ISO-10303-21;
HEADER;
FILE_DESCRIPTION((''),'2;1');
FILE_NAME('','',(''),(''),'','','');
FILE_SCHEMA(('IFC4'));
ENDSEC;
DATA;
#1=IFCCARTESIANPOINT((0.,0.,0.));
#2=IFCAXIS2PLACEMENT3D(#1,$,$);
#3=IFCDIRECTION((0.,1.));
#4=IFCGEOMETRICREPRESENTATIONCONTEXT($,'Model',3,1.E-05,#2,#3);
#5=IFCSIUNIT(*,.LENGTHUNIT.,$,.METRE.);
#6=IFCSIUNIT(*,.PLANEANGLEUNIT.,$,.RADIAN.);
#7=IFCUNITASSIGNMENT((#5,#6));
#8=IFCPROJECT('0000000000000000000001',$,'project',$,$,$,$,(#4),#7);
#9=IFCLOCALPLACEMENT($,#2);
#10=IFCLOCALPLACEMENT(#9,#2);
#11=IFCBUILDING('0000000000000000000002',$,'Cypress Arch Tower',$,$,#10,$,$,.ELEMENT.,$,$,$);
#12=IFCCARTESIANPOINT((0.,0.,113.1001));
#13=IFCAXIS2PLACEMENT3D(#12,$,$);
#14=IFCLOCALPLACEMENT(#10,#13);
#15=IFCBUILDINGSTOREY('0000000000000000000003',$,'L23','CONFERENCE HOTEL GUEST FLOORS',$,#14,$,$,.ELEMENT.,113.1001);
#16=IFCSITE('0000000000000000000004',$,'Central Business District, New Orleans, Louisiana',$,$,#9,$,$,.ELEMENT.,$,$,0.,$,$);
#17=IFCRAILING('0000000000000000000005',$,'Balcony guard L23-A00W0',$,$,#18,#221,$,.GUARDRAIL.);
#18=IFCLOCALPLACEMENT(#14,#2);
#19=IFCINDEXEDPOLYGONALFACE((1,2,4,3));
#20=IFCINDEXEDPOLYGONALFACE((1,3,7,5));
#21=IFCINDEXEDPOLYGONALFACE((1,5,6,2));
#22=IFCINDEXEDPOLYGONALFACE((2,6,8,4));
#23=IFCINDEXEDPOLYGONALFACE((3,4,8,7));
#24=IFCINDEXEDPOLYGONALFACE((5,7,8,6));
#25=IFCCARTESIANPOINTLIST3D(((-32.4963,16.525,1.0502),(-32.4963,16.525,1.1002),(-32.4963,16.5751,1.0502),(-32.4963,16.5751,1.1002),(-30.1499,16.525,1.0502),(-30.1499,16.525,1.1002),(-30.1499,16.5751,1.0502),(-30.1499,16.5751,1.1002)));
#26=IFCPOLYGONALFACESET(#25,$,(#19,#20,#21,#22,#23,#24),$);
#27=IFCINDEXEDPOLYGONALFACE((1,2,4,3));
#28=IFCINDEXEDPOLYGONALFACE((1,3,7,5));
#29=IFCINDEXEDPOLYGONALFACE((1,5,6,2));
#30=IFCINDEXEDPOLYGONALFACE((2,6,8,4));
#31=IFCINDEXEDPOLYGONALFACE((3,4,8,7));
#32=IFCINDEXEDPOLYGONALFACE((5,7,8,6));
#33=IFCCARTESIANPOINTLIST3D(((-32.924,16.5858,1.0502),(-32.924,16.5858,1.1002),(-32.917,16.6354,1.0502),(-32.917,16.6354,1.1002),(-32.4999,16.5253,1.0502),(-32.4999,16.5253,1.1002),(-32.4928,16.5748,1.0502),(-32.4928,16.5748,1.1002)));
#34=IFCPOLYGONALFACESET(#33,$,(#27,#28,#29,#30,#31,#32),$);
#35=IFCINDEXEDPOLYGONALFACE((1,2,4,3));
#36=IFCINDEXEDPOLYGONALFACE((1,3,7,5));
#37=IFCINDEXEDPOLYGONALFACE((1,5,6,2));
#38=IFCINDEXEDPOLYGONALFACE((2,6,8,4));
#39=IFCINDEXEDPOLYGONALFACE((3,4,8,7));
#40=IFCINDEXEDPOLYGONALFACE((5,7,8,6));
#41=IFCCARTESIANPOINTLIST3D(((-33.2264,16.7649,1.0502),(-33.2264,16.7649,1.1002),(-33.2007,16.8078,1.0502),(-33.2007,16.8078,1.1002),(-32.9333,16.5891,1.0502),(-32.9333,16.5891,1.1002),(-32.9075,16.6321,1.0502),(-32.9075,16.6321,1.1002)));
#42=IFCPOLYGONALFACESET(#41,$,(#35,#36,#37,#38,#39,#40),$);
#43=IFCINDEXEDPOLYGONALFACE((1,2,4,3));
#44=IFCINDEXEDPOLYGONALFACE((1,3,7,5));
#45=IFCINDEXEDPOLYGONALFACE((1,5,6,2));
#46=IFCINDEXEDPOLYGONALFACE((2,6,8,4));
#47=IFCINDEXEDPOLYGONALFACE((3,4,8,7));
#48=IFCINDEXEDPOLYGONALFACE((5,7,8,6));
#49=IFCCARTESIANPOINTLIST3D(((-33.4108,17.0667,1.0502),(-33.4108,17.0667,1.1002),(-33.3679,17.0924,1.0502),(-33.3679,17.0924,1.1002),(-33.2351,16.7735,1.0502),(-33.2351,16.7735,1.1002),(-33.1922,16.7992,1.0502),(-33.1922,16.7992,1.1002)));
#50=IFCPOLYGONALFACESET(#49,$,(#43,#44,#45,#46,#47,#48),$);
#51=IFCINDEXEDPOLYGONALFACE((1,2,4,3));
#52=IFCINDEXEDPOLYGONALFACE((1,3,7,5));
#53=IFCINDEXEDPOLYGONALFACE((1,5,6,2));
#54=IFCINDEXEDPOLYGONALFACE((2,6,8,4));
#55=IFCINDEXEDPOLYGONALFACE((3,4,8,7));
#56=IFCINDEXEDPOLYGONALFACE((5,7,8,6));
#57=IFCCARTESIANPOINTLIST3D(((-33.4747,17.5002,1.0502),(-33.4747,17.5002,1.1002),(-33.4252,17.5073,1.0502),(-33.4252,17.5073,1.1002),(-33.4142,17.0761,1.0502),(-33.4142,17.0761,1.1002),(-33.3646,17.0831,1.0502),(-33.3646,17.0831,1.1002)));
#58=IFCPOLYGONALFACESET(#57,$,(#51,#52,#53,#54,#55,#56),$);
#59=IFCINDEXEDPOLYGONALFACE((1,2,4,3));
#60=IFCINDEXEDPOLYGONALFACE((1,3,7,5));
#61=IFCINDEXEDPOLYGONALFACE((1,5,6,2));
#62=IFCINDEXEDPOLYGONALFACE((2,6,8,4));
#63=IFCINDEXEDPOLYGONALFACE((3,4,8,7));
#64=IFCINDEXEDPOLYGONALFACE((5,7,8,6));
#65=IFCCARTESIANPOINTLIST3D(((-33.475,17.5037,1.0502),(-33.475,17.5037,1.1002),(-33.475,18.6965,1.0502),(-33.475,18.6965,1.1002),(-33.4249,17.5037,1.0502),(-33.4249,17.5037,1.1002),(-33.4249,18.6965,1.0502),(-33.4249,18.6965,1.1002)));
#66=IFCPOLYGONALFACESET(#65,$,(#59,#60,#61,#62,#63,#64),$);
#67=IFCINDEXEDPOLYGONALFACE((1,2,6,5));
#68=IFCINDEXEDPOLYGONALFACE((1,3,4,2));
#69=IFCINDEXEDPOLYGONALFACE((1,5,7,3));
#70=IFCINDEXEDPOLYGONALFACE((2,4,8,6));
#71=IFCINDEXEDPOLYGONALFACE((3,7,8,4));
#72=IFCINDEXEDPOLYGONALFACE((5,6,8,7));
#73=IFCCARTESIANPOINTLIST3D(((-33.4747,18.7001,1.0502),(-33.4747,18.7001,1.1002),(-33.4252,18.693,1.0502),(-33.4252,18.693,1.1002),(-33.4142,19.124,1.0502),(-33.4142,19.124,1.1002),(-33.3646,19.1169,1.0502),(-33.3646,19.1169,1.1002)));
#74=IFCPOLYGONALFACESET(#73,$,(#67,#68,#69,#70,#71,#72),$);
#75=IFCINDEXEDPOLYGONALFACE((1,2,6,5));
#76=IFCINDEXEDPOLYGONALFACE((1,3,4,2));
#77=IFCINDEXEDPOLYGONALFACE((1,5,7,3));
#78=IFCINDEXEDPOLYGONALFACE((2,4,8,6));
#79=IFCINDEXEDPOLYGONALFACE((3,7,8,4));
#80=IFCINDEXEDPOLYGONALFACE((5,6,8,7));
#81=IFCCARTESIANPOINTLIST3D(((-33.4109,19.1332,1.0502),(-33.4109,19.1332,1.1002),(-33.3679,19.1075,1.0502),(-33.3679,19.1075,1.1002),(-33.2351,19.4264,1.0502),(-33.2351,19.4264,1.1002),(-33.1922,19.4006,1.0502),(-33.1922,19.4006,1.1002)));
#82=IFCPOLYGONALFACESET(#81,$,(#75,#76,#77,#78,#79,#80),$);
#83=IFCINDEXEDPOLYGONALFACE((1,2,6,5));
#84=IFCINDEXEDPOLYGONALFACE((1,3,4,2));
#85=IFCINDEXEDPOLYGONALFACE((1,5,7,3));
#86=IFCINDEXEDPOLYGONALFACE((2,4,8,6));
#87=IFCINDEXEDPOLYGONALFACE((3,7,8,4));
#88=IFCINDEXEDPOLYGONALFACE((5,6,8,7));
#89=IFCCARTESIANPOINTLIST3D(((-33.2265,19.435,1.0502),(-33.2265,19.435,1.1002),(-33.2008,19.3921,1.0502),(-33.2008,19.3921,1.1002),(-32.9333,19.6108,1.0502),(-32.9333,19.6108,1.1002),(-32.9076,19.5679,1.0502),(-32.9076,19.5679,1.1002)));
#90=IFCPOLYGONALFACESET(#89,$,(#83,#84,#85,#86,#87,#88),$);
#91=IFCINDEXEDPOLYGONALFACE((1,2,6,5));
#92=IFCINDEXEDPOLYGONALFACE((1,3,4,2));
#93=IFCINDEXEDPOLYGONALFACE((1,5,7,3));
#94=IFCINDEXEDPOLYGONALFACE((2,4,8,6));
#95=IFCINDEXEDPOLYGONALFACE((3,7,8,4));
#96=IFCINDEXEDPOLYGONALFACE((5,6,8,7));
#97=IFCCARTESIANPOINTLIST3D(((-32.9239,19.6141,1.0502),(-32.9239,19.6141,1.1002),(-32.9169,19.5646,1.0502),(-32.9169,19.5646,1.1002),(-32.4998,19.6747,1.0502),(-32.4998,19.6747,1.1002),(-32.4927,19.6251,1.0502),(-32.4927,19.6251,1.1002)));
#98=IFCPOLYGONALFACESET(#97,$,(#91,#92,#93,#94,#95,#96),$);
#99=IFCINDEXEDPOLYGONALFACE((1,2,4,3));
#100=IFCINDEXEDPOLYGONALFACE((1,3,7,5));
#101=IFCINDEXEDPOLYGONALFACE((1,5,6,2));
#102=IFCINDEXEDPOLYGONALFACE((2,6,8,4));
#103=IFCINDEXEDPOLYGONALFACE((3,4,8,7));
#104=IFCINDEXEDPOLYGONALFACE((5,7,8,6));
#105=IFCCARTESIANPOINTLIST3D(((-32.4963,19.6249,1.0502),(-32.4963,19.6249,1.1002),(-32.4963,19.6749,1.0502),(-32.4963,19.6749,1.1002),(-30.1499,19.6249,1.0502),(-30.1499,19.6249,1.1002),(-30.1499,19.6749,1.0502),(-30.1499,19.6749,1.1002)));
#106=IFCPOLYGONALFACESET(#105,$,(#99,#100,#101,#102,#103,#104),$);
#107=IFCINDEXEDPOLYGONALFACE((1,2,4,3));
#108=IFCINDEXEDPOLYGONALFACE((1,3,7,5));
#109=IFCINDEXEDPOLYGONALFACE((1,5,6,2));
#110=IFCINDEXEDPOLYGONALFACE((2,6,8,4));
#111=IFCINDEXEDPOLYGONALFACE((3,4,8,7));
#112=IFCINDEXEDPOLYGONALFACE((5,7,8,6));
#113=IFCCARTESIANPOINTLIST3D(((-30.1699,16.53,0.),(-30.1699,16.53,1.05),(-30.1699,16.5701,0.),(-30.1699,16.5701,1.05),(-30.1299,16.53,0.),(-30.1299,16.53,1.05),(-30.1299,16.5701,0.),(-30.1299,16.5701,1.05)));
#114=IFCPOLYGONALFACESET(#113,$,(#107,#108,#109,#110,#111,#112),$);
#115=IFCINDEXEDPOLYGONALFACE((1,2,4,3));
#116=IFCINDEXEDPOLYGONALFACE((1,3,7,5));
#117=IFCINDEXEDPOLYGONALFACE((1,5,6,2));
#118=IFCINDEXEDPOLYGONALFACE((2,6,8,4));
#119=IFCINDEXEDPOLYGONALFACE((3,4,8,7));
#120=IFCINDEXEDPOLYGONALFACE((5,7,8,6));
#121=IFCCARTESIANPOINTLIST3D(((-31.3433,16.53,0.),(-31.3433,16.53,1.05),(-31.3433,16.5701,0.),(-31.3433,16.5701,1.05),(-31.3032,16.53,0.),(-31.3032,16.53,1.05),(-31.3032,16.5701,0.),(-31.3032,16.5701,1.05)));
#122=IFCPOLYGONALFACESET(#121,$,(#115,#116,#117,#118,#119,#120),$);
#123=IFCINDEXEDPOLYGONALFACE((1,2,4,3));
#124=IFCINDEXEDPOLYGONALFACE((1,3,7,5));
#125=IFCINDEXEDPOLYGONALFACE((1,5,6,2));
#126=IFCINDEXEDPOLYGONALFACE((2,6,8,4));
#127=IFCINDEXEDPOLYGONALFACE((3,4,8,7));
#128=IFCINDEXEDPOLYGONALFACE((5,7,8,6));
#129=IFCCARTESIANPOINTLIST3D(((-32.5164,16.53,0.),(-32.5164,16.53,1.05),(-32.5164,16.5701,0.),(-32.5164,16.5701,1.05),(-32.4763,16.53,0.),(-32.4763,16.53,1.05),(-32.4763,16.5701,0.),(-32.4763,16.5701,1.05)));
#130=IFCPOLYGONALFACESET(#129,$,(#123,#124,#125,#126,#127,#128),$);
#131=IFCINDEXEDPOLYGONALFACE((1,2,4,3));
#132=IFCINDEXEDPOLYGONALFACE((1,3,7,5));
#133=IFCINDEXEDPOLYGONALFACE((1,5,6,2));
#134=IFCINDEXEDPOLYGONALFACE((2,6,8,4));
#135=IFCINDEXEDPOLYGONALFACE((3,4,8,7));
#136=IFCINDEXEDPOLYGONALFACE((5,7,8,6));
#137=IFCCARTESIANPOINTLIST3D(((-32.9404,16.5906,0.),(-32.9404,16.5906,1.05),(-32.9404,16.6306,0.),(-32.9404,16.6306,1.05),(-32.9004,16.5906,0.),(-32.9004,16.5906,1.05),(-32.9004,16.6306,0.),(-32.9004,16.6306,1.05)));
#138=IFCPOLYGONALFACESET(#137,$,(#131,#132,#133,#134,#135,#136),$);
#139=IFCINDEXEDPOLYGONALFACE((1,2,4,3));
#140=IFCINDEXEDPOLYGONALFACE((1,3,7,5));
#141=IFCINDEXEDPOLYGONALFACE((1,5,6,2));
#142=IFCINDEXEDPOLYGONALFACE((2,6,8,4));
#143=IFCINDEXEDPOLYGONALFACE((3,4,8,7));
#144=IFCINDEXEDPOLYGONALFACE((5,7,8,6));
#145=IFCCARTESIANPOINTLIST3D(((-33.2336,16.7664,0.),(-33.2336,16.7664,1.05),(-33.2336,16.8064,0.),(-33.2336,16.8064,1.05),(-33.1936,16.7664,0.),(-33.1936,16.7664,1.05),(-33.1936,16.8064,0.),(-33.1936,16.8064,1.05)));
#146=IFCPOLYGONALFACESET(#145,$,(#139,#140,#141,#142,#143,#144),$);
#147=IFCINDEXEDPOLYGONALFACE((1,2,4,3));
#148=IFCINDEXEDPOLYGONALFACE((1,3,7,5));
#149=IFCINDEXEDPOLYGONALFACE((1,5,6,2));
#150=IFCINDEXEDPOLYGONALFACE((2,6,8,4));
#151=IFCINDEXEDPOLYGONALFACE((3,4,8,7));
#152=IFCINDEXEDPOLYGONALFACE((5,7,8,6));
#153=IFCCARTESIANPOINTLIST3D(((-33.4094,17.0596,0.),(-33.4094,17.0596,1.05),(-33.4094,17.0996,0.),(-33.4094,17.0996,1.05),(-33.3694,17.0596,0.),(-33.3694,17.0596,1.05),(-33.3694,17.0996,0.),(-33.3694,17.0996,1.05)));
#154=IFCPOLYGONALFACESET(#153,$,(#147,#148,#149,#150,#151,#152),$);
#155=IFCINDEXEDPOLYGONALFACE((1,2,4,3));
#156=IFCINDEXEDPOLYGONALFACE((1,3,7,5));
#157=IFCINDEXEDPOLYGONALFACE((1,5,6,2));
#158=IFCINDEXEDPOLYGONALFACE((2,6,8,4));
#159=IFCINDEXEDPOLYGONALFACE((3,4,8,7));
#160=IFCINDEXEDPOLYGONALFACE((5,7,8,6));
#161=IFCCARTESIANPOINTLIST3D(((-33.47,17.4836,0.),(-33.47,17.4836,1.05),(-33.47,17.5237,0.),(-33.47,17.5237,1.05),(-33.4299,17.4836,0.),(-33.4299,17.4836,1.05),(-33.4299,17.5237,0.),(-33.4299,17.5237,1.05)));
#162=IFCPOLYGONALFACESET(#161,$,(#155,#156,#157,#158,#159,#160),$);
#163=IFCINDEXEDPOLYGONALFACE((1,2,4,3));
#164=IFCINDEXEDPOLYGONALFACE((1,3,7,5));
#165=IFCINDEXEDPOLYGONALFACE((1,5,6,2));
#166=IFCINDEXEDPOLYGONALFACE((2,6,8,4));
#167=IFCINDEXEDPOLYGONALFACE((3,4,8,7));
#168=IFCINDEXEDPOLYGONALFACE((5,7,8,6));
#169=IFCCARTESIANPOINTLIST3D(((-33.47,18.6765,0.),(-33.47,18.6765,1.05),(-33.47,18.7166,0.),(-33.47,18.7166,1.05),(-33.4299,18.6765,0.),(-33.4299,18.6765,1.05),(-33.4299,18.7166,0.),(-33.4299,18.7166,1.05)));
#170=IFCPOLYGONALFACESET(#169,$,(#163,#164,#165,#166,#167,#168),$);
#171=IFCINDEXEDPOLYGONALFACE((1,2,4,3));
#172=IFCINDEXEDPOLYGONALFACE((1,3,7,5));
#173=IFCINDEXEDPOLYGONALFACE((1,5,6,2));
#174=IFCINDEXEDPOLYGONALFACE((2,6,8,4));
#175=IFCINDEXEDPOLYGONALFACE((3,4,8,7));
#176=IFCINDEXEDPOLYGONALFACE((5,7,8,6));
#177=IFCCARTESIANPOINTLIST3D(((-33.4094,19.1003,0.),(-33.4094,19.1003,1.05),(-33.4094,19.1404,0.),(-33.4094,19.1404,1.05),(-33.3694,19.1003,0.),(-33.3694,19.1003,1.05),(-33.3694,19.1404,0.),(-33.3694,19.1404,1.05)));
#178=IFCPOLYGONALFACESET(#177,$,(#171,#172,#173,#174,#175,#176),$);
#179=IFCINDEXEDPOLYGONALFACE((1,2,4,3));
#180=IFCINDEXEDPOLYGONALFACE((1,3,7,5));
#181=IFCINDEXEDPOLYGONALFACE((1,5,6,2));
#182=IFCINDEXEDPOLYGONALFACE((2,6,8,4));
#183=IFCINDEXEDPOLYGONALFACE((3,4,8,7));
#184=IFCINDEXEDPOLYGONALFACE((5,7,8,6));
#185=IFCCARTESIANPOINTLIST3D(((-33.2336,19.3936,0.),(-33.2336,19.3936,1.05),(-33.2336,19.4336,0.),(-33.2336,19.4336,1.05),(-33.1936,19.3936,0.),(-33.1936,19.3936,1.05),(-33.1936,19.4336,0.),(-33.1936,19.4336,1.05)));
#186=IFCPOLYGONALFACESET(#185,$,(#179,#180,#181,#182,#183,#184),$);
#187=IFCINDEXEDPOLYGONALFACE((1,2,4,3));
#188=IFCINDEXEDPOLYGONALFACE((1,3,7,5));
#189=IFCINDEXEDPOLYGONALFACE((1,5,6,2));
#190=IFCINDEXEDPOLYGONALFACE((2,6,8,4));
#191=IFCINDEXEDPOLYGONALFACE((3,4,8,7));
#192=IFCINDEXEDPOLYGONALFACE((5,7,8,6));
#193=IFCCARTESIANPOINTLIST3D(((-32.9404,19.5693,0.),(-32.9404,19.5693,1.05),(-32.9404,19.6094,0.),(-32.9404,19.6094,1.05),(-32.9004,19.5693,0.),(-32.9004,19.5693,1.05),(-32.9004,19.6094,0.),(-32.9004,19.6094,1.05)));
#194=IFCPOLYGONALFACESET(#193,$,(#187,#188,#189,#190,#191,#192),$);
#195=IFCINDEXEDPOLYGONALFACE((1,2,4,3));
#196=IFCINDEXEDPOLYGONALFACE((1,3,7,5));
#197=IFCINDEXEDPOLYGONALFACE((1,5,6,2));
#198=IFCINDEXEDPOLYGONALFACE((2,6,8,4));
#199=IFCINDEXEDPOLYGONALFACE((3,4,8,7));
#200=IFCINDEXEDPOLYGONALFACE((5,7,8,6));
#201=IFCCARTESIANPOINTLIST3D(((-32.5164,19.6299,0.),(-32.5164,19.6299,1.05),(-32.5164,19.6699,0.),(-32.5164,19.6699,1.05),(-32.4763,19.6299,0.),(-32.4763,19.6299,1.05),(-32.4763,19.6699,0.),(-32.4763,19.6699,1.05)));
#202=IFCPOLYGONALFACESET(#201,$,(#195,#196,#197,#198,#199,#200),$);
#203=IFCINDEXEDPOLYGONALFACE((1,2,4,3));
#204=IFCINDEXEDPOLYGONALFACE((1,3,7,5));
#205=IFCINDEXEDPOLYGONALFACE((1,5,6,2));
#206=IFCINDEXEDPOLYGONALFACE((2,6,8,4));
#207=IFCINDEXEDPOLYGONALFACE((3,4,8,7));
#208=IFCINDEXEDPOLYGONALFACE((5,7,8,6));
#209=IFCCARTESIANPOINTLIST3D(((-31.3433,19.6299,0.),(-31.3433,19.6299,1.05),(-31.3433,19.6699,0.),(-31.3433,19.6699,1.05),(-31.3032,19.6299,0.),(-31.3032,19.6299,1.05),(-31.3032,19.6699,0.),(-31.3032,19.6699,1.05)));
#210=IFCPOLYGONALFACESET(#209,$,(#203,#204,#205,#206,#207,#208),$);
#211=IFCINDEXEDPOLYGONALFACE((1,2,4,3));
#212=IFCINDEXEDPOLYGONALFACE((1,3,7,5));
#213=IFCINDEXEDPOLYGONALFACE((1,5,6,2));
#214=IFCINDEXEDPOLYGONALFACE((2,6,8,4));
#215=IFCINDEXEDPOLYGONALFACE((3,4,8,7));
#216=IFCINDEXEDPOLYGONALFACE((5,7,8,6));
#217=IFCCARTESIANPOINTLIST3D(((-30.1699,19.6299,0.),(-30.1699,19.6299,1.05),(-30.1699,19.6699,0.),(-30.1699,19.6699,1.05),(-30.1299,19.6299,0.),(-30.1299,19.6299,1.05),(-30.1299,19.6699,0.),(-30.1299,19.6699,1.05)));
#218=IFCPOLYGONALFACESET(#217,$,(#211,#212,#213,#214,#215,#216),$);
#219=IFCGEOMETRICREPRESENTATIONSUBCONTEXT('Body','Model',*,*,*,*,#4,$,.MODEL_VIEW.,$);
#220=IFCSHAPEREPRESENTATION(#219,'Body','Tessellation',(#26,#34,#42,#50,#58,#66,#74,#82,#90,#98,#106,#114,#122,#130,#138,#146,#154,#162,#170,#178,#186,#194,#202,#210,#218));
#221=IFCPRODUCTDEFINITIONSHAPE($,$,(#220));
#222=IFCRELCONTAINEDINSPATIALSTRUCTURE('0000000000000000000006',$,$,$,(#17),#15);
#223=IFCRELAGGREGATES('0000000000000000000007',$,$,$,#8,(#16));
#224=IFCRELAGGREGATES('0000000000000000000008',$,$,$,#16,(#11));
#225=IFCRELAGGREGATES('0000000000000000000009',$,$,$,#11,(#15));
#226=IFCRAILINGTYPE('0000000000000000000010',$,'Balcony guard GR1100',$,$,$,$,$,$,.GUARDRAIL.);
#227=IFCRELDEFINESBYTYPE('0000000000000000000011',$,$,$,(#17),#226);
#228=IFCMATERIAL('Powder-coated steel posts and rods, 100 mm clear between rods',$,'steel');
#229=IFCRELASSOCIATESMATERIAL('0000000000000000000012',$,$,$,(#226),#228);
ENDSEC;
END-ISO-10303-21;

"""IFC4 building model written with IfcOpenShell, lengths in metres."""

from ifc_helpers import new_model, si_unit, direction, frame, origin, origin_2d, place, context, subcontext, project, spatial, rectangle, extrude, material, type_object, element, save


model = new_model("IFC4")

# Units and contexts
model_context = context("Model", 3, precision=1e-05, world=origin(), true_north=direction((0.0, 1.0)))
body_context = subcontext(model_context, "Body", "Model", "MODEL_VIEW")
ifc_project = project(units=[si_unit("LENGTHUNIT", "METRE"), si_unit("PLANEANGLEUNIT", "RADIAN")], contexts=[model_context])

# Site, building, storey
site_placement = place(None, origin())
site = spatial("IfcSite", under=ifc_project, at=site_placement, Name="Central Business District, New Orleans, Louisiana", CompositionType="ELEMENT", RefElevation=0.0)
building_placement = place(site_placement, origin())
building = spatial("IfcBuilding", under=site, at=building_placement, Name="Cypress Arch Tower", CompositionType="ELEMENT")
storey_placement = place(building_placement, frame((0.0, 0.0, 113.1001)))
storey = spatial("IfcBuildingStorey", under=building, at=storey_placement, Name="L23", Description="CONFERENCE HOTEL GUEST FLOORS", CompositionType="ELEMENT", Elevation=113.1001)

# Railing
ifc_material_1 = material(Name="Powder-coated steel posts and rods, 100 mm clear between rods", Category="steel")
railing_type_1 = type_object("IfcRailingType", Name="Balcony guard GR1100", PredefinedType="GUARDRAIL", material=ifc_material_1)
railing_1_placement = place(storey_placement, frame((-30.1499, 16.55, 0.0)))
element("IfcRailing", 1, at=railing_1_placement, inside=storey, type_object=railing_type_1, Name="Balcony guard L23-A00W0", PredefinedType="GUARDRAIL", context=body_context, shape_type="SweptSolid", body=[
    extrude(rectangle(XDim=0.05, YDim=0.05, at=origin_2d()), frame((0.0, 0.0, 1.0752), z_axis=(-1.0, 0.0, 0.0), x_axis=(0.0, -1.0, 0.0)), (0.0, 0.0, 1.0), 2.3464),
    extrude(rectangle(XDim=0.05, YDim=0.05, at=origin_2d()), frame((-2.3464, 0.0, 1.0752), z_axis=(-0.989961, 0.141342, 0.0), x_axis=(-0.141342, -0.989961, 0.0)), (0.0, 0.0, 1.0), 0.4285),
    extrude(rectangle(XDim=0.05, YDim=0.05, at=origin_2d()), frame((-2.7705, 0.0605, 1.0752), z_axis=(-0.857682, 0.514181, 0.0), x_axis=(-0.514181, -0.857682, 0.0)), (0.0, 0.0, 1.0), 0.3418),
    extrude(rectangle(XDim=0.05, YDim=0.05, at=origin_2d()), frame((-3.0637, 0.2363, 1.0752), z_axis=(-0.514181, 0.857682, 0.0), x_axis=(-0.857682, -0.514181, 0.0)), (0.0, 0.0, 1.0), 0.3418),
    extrude(rectangle(XDim=0.05, YDim=0.05, at=origin_2d()), frame((-3.2395, 0.5295, 1.0752), z_axis=(-0.141342, 0.989961, 0.0), x_axis=(-0.989961, -0.141342, 0.0)), (0.0, 0.0, 1.0), 0.4285),
    extrude(rectangle(XDim=0.05, YDim=0.05, at=origin_2d()), frame((-3.3, 0.9536, 1.0752), z_axis=(0.0, 1.0, 0.0), x_axis=(-1.0, 0.0, 0.0)), (0.0, 0.0, 1.0), 1.1929),
    extrude(rectangle(XDim=0.05, YDim=0.05, at=origin_2d()), frame((-3.3, 2.1465, 1.0752), z_axis=(0.141421, 0.989949, 0.0), x_axis=(-0.989949, 0.141421, 0.0)), (0.0, 0.0, 1.0), 0.4282),
    extrude(rectangle(XDim=0.05, YDim=0.05, at=origin_2d()), frame((-3.2395, 2.5703, 1.0752), z_axis=(0.514181, 0.857682, 0.0), x_axis=(-0.857682, 0.514181, 0.0)), (0.0, 0.0, 1.0), 0.3418),
    extrude(rectangle(XDim=0.05, YDim=0.05, at=origin_2d()), frame((-3.0637, 2.8635, 1.0752), z_axis=(0.857682, 0.514181, 0.0), x_axis=(-0.514181, 0.857682, 0.0)), (0.0, 0.0, 1.0), 0.3418),
    extrude(rectangle(XDim=0.05, YDim=0.05, at=origin_2d()), frame((-2.7705, 3.0393, 1.0752), z_axis=(0.989961, 0.141342, 0.0), x_axis=(-0.141342, 0.989961, 0.0)), (0.0, 0.0, 1.0), 0.4285),
    extrude(rectangle(XDim=0.05, YDim=0.05, at=origin_2d()), frame((-2.3464, 3.0999, 1.0752), z_axis=(1.0, 0.0, 0.0), x_axis=(0.0, 1.0, 0.0)), (0.0, 0.0, 1.0), 2.3464),
    extrude(rectangle(XDim=0.04, YDim=0.04, at=origin_2d()), origin(), (0.0, 0.0, 1.0), 1.05),
    extrude(rectangle(XDim=0.04, YDim=0.04, at=origin_2d()), frame((-1.1733, 0.0, 0.0)), (0.0, 0.0, 1.0), 1.05),
    extrude(rectangle(XDim=0.04, YDim=0.04, at=origin_2d()), frame((-2.3464, 0.0, 0.0)), (0.0, 0.0, 1.0), 1.05),
    extrude(rectangle(XDim=0.04, YDim=0.04, at=origin_2d()), frame((-2.7705, 0.0605, 0.0)), (0.0, 0.0, 1.0), 1.05),
    extrude(rectangle(XDim=0.04, YDim=0.04, at=origin_2d()), frame((-3.0637, 0.2363, 0.0)), (0.0, 0.0, 1.0), 1.05),
    extrude(rectangle(XDim=0.04, YDim=0.04, at=origin_2d()), frame((-3.2395, 0.5295, 0.0)), (0.0, 0.0, 1.0), 1.05),
    extrude(rectangle(XDim=0.04, YDim=0.04, at=origin_2d()), frame((-3.3, 0.9536, 0.0)), (0.0, 0.0, 1.0), 1.05),
    extrude(rectangle(XDim=0.04, YDim=0.04, at=origin_2d()), frame((-3.3, 2.1465, 0.0)), (0.0, 0.0, 1.0), 1.05),
    extrude(rectangle(XDim=0.04, YDim=0.04, at=origin_2d()), frame((-3.2395, 2.5703, 0.0)), (0.0, 0.0, 1.0), 1.05),
    extrude(rectangle(XDim=0.04, YDim=0.04, at=origin_2d()), frame((-3.0637, 2.8635, 0.0)), (0.0, 0.0, 1.0), 1.05),
    extrude(rectangle(XDim=0.04, YDim=0.04, at=origin_2d()), frame((-2.7705, 3.0393, 0.0)), (0.0, 0.0, 1.0), 1.05),
    extrude(rectangle(XDim=0.04, YDim=0.04, at=origin_2d()), frame((-2.3464, 3.0999, 0.0)), (0.0, 0.0, 1.0), 1.05),
    extrude(rectangle(XDim=0.04, YDim=0.04, at=origin_2d()), frame((-1.1733, 3.0999, 0.0)), (0.0, 0.0, 1.0), 1.05),
    extrude(rectangle(XDim=0.04, YDim=0.04, at=origin_2d()), frame((0.0, 3.0999, 0.0)), (0.0, 0.0, 1.0), 1.05),
])

save(model, "model.ifc")
